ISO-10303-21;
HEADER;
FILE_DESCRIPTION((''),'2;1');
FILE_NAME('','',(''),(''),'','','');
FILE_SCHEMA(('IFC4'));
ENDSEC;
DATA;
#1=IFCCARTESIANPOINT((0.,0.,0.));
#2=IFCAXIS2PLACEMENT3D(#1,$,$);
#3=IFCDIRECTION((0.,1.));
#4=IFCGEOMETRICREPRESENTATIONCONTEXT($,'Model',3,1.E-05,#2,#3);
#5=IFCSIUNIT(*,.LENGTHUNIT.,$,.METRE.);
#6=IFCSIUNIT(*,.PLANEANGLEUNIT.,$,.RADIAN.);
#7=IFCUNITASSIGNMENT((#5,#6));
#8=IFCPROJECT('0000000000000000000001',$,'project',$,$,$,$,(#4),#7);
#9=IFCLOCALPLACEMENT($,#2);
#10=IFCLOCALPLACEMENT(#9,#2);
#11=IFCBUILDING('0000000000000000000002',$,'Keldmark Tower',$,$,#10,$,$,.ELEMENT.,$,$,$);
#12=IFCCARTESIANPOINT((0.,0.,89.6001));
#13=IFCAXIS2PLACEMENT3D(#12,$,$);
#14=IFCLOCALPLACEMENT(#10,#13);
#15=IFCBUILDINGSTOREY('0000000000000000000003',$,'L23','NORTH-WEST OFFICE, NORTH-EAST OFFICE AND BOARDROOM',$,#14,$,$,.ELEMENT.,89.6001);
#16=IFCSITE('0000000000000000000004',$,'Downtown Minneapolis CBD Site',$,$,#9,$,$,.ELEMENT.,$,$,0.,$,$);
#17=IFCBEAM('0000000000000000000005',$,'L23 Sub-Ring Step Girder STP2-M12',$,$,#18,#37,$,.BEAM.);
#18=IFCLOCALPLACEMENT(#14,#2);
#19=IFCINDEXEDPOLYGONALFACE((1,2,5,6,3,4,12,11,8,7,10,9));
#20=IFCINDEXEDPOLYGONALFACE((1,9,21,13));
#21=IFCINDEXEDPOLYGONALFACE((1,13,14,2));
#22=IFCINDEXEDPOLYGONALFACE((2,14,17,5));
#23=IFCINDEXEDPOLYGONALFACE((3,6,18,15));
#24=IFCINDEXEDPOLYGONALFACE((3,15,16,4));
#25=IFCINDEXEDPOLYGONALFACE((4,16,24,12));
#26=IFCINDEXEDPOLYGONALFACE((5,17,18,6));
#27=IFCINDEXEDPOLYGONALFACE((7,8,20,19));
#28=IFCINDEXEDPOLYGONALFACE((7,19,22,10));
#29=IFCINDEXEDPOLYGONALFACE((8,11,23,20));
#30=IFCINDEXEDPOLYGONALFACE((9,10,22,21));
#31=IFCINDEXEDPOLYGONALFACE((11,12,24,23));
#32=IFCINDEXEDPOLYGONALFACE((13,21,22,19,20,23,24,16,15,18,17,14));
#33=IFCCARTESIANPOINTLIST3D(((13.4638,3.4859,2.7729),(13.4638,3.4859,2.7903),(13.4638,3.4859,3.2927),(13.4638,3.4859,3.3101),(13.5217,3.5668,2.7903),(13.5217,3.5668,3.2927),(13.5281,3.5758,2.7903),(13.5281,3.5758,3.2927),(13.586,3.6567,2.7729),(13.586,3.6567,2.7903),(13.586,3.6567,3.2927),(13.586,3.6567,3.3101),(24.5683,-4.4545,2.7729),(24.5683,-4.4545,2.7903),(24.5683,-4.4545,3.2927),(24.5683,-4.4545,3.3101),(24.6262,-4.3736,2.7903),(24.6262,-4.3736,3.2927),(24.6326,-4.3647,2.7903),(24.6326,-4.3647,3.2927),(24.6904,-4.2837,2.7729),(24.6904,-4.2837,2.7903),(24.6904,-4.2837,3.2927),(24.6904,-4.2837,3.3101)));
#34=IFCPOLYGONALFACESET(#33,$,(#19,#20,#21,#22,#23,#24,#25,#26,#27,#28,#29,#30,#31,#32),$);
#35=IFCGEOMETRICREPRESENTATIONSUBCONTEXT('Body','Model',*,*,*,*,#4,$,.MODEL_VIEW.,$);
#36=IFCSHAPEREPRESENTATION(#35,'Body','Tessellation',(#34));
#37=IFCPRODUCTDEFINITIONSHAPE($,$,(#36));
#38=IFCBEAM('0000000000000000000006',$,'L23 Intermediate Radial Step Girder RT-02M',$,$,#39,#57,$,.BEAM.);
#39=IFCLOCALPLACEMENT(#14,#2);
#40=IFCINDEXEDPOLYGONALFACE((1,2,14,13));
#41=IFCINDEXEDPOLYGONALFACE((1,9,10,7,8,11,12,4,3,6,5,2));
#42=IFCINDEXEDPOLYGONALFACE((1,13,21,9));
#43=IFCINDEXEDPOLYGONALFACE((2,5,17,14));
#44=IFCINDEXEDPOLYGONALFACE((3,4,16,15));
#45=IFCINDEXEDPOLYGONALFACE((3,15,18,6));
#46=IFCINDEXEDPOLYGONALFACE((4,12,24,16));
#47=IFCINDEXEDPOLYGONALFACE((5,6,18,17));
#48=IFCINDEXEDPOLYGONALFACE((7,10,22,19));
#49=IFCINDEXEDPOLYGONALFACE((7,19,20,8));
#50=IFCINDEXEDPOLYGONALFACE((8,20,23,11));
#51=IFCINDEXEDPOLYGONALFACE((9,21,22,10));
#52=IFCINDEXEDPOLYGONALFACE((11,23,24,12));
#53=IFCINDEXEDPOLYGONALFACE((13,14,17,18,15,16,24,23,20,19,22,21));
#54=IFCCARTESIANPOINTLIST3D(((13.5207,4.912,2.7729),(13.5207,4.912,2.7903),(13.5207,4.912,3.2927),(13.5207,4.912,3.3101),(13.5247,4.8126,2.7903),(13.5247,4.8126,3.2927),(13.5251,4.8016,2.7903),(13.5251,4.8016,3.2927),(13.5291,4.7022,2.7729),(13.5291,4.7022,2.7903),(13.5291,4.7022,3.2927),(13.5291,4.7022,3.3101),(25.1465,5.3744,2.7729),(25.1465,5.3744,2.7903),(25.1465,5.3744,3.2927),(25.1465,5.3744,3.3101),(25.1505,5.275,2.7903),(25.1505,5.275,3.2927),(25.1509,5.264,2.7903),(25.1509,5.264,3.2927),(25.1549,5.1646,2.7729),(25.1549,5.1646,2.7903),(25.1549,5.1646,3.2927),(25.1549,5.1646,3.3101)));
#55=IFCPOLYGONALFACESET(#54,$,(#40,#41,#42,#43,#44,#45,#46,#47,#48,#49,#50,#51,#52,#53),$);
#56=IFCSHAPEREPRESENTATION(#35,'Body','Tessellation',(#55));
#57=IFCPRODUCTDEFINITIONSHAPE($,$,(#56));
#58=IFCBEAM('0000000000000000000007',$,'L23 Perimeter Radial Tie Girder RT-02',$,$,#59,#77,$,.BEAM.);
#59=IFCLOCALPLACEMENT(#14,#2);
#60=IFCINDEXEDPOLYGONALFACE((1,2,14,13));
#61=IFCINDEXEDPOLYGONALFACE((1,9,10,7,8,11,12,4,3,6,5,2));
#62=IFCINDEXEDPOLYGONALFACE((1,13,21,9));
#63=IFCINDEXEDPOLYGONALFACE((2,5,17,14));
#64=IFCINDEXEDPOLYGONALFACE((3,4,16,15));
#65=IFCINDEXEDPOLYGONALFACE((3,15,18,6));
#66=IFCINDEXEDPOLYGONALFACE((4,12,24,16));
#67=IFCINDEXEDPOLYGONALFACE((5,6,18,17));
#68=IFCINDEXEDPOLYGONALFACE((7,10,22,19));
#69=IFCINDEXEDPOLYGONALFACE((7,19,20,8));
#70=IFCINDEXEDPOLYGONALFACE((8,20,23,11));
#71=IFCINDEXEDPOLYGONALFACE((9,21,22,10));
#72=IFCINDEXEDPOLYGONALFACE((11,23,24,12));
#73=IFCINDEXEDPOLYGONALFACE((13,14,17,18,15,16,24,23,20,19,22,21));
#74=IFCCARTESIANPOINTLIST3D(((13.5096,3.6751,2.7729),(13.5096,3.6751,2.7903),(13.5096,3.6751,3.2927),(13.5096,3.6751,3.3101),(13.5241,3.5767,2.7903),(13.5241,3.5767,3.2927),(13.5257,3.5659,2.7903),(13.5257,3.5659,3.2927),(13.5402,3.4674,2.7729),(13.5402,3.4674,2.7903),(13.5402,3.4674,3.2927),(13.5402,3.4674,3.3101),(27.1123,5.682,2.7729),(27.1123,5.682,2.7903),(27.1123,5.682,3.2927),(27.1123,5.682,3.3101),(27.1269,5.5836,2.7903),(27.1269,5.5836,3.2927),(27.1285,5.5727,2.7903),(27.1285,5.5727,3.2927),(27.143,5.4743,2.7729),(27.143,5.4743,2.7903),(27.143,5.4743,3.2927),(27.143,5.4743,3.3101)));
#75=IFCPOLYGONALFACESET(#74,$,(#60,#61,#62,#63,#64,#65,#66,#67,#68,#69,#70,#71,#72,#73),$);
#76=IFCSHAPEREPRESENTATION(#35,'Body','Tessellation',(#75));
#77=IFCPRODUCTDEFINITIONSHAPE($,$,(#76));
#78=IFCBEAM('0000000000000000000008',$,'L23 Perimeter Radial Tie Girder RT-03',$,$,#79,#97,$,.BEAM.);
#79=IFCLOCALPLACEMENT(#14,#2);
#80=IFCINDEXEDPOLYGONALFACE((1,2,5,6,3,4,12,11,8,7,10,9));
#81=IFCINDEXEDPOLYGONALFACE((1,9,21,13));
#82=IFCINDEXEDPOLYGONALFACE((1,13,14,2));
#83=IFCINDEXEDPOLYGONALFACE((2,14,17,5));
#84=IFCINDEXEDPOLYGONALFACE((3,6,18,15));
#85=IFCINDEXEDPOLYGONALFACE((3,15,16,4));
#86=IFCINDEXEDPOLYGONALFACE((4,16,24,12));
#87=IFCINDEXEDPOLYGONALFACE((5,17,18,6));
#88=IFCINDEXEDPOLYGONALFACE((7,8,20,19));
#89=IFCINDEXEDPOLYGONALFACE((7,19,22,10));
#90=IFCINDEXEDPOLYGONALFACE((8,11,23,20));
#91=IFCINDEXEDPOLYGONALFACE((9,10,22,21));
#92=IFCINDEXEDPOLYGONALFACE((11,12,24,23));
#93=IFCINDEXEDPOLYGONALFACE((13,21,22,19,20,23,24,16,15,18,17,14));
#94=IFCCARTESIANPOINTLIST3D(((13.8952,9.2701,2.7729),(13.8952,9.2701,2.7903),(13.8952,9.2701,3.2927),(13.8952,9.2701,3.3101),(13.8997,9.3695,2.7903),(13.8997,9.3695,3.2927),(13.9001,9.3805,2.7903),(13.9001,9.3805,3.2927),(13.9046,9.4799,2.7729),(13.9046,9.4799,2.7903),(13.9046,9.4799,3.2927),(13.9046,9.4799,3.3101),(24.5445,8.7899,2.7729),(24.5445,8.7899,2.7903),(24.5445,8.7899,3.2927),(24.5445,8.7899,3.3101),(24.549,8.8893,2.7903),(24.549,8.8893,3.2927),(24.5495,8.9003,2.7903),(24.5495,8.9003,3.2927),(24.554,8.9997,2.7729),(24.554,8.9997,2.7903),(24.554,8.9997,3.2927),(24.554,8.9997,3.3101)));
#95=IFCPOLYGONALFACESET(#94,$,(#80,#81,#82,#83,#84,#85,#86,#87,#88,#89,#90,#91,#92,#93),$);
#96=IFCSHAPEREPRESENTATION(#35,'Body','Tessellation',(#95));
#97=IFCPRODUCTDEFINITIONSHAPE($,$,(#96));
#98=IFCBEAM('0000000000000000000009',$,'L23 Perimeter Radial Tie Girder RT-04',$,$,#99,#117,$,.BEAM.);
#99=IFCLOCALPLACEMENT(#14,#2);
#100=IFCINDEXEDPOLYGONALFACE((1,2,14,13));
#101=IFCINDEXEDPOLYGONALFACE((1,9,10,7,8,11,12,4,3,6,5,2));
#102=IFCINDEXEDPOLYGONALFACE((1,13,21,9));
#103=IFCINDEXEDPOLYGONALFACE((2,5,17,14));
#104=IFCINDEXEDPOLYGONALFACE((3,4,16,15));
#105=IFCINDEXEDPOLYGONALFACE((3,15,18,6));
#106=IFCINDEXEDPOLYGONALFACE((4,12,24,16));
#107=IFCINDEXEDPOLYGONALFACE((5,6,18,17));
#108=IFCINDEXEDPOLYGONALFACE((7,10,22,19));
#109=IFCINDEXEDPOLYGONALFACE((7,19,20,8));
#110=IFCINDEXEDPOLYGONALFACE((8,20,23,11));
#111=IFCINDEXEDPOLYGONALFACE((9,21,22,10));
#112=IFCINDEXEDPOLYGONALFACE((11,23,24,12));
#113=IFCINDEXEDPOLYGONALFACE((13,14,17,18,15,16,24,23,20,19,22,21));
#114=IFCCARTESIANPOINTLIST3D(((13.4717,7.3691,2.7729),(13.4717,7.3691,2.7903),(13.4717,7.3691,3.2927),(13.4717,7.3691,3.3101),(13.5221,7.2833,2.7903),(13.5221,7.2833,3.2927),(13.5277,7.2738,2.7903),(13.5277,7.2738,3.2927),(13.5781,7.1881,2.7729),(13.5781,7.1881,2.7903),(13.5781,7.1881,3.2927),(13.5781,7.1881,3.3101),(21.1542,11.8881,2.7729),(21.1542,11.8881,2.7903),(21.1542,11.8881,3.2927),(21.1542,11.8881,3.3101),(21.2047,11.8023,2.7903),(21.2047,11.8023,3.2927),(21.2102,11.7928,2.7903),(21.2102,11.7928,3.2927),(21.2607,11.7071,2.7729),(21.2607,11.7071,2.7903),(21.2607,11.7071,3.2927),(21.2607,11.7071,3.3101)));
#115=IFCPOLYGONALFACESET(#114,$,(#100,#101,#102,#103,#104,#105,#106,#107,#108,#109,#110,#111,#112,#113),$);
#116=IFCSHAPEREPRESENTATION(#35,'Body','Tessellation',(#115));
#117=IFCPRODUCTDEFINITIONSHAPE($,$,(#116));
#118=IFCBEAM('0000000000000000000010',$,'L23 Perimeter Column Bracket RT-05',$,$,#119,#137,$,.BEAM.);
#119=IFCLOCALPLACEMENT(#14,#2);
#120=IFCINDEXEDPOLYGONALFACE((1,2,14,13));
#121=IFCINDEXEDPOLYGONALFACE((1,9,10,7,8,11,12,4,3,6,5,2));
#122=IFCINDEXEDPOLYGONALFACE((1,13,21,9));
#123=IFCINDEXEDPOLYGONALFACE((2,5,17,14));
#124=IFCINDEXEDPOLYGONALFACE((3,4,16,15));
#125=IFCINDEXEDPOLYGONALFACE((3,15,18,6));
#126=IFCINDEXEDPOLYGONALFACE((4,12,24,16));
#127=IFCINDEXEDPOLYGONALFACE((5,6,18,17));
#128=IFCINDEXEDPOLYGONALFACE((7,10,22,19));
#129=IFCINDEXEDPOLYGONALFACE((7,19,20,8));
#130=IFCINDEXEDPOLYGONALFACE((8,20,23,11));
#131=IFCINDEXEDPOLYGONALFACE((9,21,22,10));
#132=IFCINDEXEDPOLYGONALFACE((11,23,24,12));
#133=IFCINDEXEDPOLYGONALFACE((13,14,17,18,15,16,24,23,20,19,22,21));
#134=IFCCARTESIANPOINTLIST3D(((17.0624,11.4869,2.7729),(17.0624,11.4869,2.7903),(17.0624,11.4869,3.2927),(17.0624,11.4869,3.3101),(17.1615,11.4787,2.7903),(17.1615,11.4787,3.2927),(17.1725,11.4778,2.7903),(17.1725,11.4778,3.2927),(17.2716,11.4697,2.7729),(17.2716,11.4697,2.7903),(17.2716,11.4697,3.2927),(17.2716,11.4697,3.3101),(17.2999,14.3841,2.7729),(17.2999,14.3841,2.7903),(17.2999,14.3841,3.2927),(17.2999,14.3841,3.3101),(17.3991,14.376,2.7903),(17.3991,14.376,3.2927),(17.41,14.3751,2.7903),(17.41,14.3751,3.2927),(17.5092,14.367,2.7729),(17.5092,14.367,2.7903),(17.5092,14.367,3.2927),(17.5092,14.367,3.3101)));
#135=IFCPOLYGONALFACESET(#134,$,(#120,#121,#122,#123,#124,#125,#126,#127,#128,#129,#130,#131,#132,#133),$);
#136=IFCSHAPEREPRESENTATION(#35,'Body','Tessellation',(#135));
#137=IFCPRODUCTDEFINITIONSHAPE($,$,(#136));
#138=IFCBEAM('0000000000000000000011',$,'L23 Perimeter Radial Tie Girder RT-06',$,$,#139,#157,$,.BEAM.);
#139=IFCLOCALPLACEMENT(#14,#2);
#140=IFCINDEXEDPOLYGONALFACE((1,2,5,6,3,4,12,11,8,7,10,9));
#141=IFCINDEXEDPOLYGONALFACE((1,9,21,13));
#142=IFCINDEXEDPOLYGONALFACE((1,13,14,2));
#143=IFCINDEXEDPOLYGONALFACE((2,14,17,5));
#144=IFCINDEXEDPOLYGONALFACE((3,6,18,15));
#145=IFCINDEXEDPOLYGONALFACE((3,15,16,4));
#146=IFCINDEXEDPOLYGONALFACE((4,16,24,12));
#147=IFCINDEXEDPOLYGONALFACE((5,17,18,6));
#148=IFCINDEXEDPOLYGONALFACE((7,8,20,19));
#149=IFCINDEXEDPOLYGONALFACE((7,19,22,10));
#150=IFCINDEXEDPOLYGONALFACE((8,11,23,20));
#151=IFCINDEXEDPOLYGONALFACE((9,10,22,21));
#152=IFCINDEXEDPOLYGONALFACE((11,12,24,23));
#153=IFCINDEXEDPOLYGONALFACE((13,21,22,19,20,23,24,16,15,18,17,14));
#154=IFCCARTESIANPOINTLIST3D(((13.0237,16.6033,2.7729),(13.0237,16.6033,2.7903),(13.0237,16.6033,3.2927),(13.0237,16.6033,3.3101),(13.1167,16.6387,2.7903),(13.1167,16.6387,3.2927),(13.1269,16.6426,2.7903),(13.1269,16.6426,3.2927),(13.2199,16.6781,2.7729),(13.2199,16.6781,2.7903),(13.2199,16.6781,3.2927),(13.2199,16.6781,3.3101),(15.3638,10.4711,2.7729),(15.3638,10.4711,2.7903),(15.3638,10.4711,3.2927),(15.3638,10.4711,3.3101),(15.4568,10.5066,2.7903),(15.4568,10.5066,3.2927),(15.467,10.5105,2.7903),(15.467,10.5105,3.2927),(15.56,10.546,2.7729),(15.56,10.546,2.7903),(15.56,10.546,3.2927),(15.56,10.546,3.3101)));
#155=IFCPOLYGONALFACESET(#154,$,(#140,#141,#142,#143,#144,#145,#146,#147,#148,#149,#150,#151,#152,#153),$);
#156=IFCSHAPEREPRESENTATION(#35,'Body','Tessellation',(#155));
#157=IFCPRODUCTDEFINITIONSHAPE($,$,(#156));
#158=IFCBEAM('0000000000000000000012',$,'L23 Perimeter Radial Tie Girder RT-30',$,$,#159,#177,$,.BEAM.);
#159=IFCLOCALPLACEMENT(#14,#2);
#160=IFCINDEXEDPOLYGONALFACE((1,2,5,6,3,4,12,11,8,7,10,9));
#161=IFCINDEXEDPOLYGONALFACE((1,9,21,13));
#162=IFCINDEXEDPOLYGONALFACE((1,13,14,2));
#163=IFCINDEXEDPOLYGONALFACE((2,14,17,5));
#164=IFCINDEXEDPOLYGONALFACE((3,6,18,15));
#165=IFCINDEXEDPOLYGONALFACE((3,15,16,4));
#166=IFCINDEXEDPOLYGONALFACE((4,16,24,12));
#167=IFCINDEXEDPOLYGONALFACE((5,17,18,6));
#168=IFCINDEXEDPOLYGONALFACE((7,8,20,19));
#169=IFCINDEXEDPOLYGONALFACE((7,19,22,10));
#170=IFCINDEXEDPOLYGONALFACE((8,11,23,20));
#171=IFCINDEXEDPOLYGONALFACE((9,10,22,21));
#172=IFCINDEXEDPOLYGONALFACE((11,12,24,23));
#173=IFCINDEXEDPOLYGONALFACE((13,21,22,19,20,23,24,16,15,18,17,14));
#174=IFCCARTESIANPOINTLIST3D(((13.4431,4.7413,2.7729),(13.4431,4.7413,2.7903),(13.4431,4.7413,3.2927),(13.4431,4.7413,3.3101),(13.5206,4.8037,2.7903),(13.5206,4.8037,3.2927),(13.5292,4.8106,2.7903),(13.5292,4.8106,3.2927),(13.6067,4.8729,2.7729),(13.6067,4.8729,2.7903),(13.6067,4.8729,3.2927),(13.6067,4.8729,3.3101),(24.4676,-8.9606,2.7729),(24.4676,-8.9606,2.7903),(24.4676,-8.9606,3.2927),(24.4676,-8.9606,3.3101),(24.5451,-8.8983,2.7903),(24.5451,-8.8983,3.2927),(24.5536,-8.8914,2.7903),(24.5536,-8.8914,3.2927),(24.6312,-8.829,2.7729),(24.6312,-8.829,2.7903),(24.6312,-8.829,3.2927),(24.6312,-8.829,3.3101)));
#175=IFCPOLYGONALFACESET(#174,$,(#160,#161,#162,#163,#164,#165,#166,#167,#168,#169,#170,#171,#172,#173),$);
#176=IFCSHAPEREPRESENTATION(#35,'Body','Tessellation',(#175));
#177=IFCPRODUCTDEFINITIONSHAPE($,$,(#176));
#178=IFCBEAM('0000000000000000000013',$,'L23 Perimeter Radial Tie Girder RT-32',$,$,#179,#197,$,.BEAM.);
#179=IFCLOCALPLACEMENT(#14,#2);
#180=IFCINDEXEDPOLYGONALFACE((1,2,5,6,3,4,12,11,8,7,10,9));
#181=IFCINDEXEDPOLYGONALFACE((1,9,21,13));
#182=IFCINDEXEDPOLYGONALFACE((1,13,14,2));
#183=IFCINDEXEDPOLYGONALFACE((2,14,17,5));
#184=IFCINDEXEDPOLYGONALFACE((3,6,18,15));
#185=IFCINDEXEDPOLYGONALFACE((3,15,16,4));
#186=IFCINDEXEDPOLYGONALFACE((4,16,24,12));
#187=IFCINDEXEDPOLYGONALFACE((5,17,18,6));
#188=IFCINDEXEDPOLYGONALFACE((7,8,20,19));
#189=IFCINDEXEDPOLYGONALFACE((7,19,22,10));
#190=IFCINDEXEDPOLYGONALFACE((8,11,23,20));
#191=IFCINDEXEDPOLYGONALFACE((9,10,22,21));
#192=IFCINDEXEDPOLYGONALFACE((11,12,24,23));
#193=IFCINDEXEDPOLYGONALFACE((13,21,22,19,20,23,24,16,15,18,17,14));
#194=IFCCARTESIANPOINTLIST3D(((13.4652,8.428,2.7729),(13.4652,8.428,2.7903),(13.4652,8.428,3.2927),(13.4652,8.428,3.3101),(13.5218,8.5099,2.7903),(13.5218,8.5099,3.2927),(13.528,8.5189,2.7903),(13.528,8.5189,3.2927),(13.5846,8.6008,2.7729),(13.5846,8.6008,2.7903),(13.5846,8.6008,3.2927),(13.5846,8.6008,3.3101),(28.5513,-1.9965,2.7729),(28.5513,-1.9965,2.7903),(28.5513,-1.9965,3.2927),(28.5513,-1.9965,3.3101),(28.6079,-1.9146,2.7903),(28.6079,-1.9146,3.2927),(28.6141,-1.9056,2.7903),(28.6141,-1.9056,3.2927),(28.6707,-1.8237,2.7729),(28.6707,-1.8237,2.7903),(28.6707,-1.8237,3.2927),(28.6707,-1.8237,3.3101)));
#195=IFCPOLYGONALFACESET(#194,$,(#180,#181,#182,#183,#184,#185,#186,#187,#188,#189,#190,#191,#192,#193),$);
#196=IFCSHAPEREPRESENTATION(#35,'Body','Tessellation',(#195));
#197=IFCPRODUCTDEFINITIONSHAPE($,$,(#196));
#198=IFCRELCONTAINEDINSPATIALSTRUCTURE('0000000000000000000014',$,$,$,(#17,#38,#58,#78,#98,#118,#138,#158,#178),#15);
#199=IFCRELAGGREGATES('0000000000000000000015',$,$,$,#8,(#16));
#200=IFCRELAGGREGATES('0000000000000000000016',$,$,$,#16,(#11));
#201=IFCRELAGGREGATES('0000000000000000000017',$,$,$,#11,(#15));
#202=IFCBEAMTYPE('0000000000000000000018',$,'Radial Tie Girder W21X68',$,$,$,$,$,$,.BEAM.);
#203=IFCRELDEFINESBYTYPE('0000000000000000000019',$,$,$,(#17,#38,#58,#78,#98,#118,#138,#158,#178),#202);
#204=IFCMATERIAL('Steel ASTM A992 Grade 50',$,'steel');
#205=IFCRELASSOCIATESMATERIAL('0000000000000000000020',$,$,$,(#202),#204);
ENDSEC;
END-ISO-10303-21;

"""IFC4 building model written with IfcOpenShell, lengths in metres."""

from ifc_helpers import new_model, si_unit, direction, frame, origin, origin_2d, place, context, subcontext, project, spatial, i_section, extrude, material, material_profile, profile_set, type_object, element, save


model = new_model("IFC4")

# Units and contexts
model_context = context("Model", 3, precision=1e-05, world=origin(), true_north=direction((0.0, 1.0)))
body_context = subcontext(model_context, "Body", "Model", "MODEL_VIEW")
ifc_project = project(units=[si_unit("LENGTHUNIT", "METRE"), si_unit("PLANEANGLEUNIT", "RADIAN")], contexts=[model_context])

# Site, building, storey
site_placement = place(None, origin())
site = spatial("IfcSite", under=ifc_project, at=site_placement, Name="Downtown Minneapolis CBD Site", CompositionType="ELEMENT", RefElevation=0.0)
building_placement = place(site_placement, origin())
building = spatial("IfcBuilding", under=site, at=building_placement, Name="Keldmark Tower", CompositionType="ELEMENT")
storey_placement = place(building_placement, frame((0.0, 0.0, 89.6001)))
storey = spatial("IfcBuildingStorey", under=building, at=storey_placement, Name="L23", Description="NORTH-WEST OFFICE, NORTH-EAST OFFICE AND BOARDROOM", CompositionType="ELEMENT", Elevation=89.6001)

# Beams
ifc_material_1 = material(Name="Steel ASTM A992 Grade 50", Category="steel")
ifc_material_profile_1 = material_profile(ifc_material_1, i_section(OverallWidth=0.21, OverallDepth=0.5371, WebThickness=0.011, FlangeThickness=0.0173, at=origin_2d()), Name="W21X68")
ifc_profile_set_1 = profile_set([ifc_material_profile_1], Name="Steel ASTM A992 Grade 50")
beam_type_1 = type_object("IfcBeamType", Name="Radial Tie Girder W21X68", PredefinedType="BEAM", material=ifc_profile_set_1)
beam_1_placement = place(storey_placement, frame((13.5249, 3.5713, 3.0415), z_axis=(0.813434, -0.581658, 0.0), x_axis=(0.581658, 0.813434, 0.0)))
element("IfcBeam", 1, at=beam_1_placement, inside=storey, type_object=beam_type_1, Name="L23 Sub-Ring Step Girder STP2-M12", PredefinedType="BEAM", context=body_context, shape_type="SweptSolid", body=[
    extrude(i_section(OverallWidth=0.21, OverallDepth=0.5371, WebThickness=0.011, FlangeThickness=0.0173, at=origin_2d()), origin(), (0.0, 0.0, 1.0), 13.6514),
])
beam_2_placement = place(storey_placement, frame((13.5249, 4.8071, 3.0415), z_axis=(0.99921, 0.039743, 0.0), x_axis=(-0.039743, 0.99921, 0.0)))
element("IfcBeam", 2, at=beam_2_placement, inside=storey, type_object=beam_type_1, Name="L23 Intermediate Radial Step Girder RT-02M", PredefinedType="BEAM", context=body_context, shape_type="SweptSolid", body=[
    extrude(i_section(OverallWidth=0.21, OverallDepth=0.5371, WebThickness=0.011, FlangeThickness=0.0173, at=origin_2d()), origin(), (0.0, 0.0, 1.0), 11.635),
])
beam_3_placement = place(storey_placement, frame((13.5249, 3.5713, 3.0415), z_axis=(0.989292, 0.145951, 0.0), x_axis=(-0.145951, 0.989292, 0.0)))
element("IfcBeam", 3, at=beam_3_placement, inside=storey, type_object=beam_type_1, Name="L23 Perimeter Radial Tie Girder RT-02", PredefinedType="BEAM", context=body_context, shape_type="SweptSolid", body=[
    extrude(i_section(OverallWidth=0.21, OverallDepth=0.5371, WebThickness=0.011, FlangeThickness=0.0173, at=origin_2d()), origin(), (0.0, 0.0, 1.0), 13.75),
])
beam_4_placement = place(storey_placement, frame((13.8999, 9.375, 3.0415), z_axis=(0.998985, -0.045048, 0.0), x_axis=(0.045048, 0.998985, 0.0)))
element("IfcBeam", 4, at=beam_4_placement, inside=storey, type_object=beam_type_1, Name="L23 Perimeter Radial Tie Girder RT-03", PredefinedType="BEAM", context=body_context, shape_type="SweptSolid", body=[
    extrude(i_section(OverallWidth=0.21, OverallDepth=0.5371, WebThickness=0.011, FlangeThickness=0.0173, at=origin_2d()), origin(), (0.0, 0.0, 1.0), 10.6602),
])
beam_5_placement = place(storey_placement, frame((13.5249, 7.2786, 3.0415), z_axis=(0.861941, 0.507008, 0.0), x_axis=(-0.507008, 0.861941, 0.0)))
element("IfcBeam", 5, at=beam_5_placement, inside=storey, type_object=beam_type_1, Name="L23 Perimeter Radial Tie Girder RT-04", PredefinedType="BEAM", context=body_context, shape_type="SweptSolid", body=[
    extrude(i_section(OverallWidth=0.21, OverallDepth=0.5371, WebThickness=0.011, FlangeThickness=0.0173, at=origin_2d()), origin(), (0.0, 0.0, 1.0), 8.9131),
])
beam_6_placement = place(storey_placement, frame((17.167, 11.4783, 3.0415), z_axis=(0.081718, 0.996656, 0.0), x_axis=(-0.996656, 0.081718, 0.0)))
element("IfcBeam", 6, at=beam_6_placement, inside=storey, type_object=beam_type_1, Name="L23 Perimeter Column Bracket RT-05", PredefinedType="BEAM", context=body_context, shape_type="SweptSolid", body=[
    extrude(i_section(OverallWidth=0.21, OverallDepth=0.5371, WebThickness=0.011, FlangeThickness=0.0173, at=origin_2d()), origin(), (0.0, 0.0, 1.0), 2.907),
])
beam_7_placement = place(storey_placement, frame((15.4619, 10.5085, 3.0415), z_axis=(-0.356535, 0.934282, 0.0), x_axis=(-0.934282, -0.356535, 0.0)))
element("IfcBeam", 7, at=beam_7_placement, inside=storey, type_object=beam_type_1, Name="L23 Perimeter Radial Tie Girder RT-06", PredefinedType="BEAM", context=body_context, shape_type="SweptSolid", body=[
    extrude(i_section(OverallWidth=0.21, OverallDepth=0.5371, WebThickness=0.011, FlangeThickness=0.0173, at=origin_2d()), origin(), (0.0, 0.0, 1.0), 6.5635),
])
beam_8_placement = place(storey_placement, frame((13.5249, 4.8071, 3.0415), z_axis=(0.626873, -0.779121, 0.0), x_axis=(0.779121, 0.626873, 0.0)))
element("IfcBeam", 8, at=beam_8_placement, inside=storey, type_object=beam_type_1, Name="L23 Perimeter Radial Tie Girder RT-30", PredefinedType="BEAM", context=body_context, shape_type="SweptSolid", body=[
    extrude(i_section(OverallWidth=0.21, OverallDepth=0.5371, WebThickness=0.011, FlangeThickness=0.0173, at=origin_2d()), origin(), (0.0, 0.0, 1.0), 17.5864),
])
beam_9_placement = place(storey_placement, frame((13.5249, 8.5144, 3.0415), z_axis=(0.822695, -0.568483, 0.0), x_axis=(0.568483, 0.822695, 0.0)))
element("IfcBeam", 9, at=beam_9_placement, inside=storey, type_object=beam_type_1, Name="L23 Perimeter Radial Tie Girder RT-32", PredefinedType="BEAM", context=body_context, shape_type="SweptSolid", body=[
    extrude(i_section(OverallWidth=0.21, OverallDepth=0.5371, WebThickness=0.011, FlangeThickness=0.0173, at=origin_2d()), origin(), (0.0, 0.0, 1.0), 18.3374),
])

save(model, "model.ifc")
